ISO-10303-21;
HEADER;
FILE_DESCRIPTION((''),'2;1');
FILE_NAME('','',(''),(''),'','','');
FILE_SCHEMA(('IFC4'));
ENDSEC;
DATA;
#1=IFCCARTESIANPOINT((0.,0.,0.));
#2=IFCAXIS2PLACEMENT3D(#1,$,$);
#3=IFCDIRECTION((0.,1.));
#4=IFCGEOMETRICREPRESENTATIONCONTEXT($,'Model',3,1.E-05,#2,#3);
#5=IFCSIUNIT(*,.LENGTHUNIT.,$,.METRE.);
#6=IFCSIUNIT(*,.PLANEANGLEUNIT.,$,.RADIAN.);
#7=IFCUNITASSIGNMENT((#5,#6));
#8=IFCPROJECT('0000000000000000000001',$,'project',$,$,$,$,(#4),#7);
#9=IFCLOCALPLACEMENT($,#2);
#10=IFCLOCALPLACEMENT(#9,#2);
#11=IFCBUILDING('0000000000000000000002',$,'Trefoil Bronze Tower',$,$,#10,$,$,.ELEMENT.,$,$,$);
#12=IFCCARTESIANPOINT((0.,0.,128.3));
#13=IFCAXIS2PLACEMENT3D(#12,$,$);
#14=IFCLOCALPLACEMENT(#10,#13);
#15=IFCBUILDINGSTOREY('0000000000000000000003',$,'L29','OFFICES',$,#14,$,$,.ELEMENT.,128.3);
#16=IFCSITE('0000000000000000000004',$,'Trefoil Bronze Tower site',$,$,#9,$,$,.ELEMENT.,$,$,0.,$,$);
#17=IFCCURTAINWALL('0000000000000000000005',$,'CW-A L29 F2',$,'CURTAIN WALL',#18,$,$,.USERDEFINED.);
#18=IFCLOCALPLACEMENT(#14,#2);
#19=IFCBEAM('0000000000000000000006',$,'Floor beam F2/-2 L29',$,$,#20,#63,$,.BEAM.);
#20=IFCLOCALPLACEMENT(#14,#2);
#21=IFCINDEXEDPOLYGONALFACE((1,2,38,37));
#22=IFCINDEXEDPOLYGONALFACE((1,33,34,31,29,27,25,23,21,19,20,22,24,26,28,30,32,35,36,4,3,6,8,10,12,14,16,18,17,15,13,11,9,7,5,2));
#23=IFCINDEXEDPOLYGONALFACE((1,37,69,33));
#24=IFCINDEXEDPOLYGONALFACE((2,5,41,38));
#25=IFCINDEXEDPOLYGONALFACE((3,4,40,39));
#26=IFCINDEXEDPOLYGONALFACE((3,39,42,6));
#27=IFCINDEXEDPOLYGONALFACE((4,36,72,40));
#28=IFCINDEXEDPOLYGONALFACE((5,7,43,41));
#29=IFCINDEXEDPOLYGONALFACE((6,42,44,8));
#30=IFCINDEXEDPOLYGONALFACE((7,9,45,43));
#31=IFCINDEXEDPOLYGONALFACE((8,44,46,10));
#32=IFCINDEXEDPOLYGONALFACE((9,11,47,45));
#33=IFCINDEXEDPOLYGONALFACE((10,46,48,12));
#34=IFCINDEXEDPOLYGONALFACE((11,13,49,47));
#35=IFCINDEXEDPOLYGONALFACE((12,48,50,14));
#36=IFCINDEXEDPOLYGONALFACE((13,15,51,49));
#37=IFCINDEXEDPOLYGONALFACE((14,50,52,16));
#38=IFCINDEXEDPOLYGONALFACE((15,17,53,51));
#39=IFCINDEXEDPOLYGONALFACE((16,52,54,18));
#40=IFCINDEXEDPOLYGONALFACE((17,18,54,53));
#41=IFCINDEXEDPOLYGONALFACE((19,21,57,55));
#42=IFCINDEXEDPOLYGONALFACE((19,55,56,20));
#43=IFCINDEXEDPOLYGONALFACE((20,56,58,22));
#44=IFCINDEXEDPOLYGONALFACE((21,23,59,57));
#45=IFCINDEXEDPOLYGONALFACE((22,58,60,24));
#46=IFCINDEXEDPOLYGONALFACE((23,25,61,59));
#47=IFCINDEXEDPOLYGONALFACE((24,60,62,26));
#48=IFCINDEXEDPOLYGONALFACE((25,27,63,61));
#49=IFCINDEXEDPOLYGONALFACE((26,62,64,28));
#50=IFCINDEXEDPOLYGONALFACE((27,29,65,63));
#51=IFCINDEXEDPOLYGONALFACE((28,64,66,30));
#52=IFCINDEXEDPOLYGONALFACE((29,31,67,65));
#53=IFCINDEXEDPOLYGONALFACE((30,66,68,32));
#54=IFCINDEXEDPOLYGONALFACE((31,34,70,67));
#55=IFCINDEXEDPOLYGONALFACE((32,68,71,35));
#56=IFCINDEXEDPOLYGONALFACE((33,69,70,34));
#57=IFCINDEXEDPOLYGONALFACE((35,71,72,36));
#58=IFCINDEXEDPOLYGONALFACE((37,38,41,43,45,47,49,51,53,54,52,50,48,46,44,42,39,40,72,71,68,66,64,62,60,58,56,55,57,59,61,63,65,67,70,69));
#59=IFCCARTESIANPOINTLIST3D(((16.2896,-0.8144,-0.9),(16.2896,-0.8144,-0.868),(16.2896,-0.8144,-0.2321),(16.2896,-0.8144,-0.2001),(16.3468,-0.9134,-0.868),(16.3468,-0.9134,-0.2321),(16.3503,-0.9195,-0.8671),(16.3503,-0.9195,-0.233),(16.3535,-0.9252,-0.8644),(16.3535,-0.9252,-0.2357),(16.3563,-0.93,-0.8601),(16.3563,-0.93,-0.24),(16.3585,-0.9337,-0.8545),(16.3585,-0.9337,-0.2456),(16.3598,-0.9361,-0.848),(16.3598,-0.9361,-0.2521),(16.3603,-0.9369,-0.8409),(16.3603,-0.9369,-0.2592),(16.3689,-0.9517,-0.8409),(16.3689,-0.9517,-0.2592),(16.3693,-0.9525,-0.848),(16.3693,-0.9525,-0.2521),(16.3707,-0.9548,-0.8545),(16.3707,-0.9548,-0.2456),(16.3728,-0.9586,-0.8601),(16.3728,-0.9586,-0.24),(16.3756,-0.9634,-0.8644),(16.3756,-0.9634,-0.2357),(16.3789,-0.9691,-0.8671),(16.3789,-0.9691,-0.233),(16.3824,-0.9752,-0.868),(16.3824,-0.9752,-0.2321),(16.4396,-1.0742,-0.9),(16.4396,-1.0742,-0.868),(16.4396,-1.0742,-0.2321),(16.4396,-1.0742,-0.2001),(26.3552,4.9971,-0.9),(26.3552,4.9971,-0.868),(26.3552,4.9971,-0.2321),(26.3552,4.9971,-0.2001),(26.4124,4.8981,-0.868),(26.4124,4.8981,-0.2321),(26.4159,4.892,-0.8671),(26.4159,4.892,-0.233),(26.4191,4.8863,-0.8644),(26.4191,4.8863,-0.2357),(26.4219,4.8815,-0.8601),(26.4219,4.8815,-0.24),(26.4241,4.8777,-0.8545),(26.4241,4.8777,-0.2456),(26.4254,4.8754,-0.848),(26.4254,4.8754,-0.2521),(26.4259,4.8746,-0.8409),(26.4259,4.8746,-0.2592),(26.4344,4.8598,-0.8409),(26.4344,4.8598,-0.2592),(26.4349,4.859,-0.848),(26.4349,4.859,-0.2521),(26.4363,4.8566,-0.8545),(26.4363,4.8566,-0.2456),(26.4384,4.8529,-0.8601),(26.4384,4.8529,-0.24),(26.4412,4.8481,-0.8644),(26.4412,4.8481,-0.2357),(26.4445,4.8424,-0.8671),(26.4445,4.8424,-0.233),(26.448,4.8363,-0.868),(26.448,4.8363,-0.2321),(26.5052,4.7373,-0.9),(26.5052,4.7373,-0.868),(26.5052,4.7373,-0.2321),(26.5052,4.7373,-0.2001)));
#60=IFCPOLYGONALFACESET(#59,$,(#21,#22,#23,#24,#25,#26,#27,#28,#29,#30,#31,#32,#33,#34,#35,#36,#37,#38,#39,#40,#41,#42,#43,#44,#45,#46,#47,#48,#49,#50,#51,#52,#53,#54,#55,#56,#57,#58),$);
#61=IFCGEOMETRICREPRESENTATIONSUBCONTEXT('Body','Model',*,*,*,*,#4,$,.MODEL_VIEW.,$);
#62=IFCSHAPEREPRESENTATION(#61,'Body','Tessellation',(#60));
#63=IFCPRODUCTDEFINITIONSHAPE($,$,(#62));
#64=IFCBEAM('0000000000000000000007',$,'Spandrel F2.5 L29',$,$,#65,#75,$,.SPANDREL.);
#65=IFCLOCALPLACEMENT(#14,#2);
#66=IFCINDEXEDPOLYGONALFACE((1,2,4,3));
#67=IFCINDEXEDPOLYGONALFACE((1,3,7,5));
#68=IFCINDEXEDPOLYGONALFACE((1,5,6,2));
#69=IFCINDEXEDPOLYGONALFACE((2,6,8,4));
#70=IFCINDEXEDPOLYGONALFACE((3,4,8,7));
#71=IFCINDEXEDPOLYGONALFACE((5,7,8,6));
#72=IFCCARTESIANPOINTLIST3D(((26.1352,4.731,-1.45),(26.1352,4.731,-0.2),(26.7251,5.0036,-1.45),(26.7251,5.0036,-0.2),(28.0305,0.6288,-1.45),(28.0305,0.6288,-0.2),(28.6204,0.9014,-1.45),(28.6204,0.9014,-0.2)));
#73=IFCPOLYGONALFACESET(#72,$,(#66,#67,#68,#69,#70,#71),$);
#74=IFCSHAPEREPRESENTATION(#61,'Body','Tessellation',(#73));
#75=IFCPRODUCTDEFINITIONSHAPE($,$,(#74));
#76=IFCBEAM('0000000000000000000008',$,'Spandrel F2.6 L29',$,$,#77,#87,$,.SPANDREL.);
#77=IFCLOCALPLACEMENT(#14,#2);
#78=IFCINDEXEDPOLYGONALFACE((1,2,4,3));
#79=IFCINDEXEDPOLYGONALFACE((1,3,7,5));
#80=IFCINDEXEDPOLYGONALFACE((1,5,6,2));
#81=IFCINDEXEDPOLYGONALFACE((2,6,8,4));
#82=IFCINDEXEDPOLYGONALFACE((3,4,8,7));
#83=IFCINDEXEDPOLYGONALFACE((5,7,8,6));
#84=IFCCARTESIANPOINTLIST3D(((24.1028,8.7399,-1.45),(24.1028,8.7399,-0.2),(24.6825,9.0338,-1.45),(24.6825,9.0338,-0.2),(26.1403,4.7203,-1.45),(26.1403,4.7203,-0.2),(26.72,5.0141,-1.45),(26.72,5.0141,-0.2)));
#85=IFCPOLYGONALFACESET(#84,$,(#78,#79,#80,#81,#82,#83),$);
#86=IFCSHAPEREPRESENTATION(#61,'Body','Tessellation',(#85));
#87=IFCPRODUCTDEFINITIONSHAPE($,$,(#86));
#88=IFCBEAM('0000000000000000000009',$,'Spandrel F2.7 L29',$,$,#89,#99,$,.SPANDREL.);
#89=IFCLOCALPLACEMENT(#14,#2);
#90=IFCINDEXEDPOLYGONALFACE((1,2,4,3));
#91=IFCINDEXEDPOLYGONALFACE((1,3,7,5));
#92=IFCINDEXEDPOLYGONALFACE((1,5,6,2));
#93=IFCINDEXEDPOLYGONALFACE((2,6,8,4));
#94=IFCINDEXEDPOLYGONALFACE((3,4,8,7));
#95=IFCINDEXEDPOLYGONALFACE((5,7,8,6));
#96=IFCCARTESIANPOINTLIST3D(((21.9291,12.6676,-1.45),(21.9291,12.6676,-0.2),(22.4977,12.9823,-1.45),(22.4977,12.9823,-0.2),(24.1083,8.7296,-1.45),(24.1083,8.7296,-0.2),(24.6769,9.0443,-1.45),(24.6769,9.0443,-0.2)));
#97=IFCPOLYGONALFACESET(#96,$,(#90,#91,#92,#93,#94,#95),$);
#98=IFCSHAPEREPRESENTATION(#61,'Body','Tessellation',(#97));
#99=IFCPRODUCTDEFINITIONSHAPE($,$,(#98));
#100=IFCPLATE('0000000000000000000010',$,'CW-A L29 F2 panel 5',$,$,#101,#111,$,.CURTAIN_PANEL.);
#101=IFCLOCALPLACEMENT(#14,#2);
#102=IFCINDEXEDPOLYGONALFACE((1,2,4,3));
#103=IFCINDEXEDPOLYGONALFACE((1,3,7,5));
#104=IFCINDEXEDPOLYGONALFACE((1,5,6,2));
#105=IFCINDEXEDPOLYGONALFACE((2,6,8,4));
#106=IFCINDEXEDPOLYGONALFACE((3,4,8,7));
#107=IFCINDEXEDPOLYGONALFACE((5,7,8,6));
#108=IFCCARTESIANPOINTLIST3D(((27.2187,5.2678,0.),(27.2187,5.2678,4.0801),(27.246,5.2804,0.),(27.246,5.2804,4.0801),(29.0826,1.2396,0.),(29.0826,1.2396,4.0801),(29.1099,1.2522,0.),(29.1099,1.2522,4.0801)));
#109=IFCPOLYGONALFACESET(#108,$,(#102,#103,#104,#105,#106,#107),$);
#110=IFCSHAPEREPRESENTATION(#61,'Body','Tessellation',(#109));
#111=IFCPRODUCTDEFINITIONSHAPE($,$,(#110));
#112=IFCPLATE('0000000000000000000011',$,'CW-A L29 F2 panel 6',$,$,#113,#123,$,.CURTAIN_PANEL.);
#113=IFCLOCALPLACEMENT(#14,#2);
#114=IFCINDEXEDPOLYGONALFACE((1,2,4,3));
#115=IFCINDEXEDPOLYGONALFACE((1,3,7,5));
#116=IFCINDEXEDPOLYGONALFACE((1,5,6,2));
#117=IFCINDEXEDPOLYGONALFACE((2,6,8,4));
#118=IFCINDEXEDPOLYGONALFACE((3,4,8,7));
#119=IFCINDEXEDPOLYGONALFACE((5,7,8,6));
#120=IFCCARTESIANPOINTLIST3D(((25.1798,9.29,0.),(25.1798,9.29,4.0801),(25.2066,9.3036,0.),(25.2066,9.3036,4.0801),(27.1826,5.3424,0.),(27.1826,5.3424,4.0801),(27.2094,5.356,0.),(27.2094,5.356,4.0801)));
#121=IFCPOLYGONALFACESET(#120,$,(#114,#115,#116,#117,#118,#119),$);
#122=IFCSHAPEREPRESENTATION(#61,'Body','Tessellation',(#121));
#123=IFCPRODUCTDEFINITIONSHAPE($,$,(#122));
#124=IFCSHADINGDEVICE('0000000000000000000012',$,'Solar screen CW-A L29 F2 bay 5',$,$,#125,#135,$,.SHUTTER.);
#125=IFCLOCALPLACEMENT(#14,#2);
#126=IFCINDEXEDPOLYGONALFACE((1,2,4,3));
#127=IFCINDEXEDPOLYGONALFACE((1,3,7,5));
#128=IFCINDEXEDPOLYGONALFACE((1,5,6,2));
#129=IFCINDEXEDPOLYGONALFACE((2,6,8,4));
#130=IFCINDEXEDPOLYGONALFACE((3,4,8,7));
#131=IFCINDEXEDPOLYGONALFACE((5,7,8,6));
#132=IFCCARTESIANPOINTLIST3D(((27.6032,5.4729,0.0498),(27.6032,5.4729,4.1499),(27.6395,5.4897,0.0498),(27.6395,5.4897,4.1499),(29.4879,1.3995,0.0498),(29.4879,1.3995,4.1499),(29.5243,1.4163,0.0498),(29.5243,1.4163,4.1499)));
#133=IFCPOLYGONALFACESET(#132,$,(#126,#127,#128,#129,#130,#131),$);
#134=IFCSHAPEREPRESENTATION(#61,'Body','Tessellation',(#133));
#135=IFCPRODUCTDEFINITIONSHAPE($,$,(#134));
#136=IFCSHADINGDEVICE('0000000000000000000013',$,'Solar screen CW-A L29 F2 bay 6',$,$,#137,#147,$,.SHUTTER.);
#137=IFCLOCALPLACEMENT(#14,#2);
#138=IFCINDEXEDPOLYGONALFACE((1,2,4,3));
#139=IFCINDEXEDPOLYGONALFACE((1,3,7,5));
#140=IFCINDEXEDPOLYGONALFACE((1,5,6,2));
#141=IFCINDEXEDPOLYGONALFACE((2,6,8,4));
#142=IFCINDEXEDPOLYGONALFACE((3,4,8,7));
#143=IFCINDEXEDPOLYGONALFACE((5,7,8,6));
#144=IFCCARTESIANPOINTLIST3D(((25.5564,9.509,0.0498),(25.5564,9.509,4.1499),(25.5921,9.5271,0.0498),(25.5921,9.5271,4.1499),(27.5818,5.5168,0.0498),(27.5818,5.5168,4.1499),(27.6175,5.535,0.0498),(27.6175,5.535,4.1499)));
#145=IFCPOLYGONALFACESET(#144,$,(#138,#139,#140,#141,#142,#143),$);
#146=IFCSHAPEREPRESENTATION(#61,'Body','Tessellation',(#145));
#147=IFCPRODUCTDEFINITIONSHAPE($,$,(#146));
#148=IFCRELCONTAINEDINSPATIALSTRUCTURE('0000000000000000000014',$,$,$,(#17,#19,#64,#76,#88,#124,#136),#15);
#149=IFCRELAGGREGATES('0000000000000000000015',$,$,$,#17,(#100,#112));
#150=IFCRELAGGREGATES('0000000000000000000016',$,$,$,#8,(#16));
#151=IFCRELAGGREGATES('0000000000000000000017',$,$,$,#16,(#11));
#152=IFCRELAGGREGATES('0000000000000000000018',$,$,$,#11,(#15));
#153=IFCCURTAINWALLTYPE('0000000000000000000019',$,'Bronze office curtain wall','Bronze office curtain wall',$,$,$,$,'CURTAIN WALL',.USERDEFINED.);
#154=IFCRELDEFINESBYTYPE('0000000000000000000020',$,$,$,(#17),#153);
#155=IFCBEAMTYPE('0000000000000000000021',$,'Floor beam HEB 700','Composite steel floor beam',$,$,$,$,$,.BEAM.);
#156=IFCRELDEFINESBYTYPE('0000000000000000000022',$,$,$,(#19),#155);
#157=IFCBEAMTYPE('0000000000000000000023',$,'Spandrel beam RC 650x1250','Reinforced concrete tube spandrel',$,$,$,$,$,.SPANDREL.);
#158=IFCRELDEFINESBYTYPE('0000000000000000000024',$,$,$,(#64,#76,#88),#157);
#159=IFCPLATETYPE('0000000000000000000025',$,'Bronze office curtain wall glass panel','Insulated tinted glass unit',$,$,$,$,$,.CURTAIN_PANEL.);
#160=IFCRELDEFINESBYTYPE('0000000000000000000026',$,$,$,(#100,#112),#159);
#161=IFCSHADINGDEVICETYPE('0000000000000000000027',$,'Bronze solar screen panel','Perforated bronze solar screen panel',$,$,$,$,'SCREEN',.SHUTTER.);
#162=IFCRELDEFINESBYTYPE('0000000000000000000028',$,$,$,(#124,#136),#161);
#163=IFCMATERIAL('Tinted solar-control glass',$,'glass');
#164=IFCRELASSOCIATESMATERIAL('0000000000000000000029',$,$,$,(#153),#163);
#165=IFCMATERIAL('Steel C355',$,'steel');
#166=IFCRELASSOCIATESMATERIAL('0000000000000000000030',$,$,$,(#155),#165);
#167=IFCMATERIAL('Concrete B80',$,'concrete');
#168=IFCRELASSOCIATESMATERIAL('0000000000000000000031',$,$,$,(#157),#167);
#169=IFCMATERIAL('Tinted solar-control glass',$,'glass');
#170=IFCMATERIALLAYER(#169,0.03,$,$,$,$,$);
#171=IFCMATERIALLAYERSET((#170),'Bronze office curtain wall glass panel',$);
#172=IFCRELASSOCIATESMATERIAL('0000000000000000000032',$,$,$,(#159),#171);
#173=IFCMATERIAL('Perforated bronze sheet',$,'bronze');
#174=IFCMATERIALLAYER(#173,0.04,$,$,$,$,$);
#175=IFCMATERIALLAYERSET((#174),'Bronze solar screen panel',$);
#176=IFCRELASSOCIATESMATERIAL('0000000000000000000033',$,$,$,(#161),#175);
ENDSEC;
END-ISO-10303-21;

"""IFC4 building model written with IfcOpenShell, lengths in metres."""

from ifc_helpers import new_model, si_unit, direction, frame, origin, origin_2d, place, context, subcontext, project, spatial, rectangle, i_section, extrude, material, layer, layer_set, material_profile, profile_set, type_object, element, aggregate, save


model = new_model("IFC4")

# Units and contexts
model_context = context("Model", 3, precision=1e-05, world=origin(), true_north=direction((0.0, 1.0)))
body_context = subcontext(model_context, "Body", "Model", "MODEL_VIEW")
ifc_project = project(units=[si_unit("LENGTHUNIT", "METRE"), si_unit("PLANEANGLEUNIT", "RADIAN")], contexts=[model_context])

# Site, building, storey
site_placement = place(None, origin())
site = spatial("IfcSite", under=ifc_project, at=site_placement, Name="Trefoil Bronze Tower site", CompositionType="ELEMENT", RefElevation=0.0)
building_placement = place(site_placement, origin())
building = spatial("IfcBuilding", under=site, at=building_placement, Name="Trefoil Bronze Tower", CompositionType="ELEMENT")
storey_placement = place(building_placement, frame((0.0, 0.0, 128.3)))
storey = spatial("IfcBuildingStorey", under=building, at=storey_placement, Name="L29", Description="OFFICES", CompositionType="ELEMENT", Elevation=128.3)

# Curtain wall
ifc_material_1 = material(Name="Tinted solar-control glass", Category="glass")
curtain_wall_type = type_object("IfcCurtainWallType", Name="Bronze office curtain wall", Description="Bronze office curtain wall", ElementType="CURTAIN WALL", PredefinedType="USERDEFINED", material=ifc_material_1)
curtain_wall_placement = place(storey_placement, origin())
curtain_wall = element("IfcCurtainWall", 1, at=curtain_wall_placement, inside=storey, type_object=curtain_wall_type, Name="CW-A L29 F2", ObjectType="CURTAIN WALL", PredefinedType="USERDEFINED")

# Beams
ifc_material_2 = material(Name="Steel C355", Category="steel")
ifc_material_profile_1 = material_profile(ifc_material_2, i_section(OverallWidth=0.3, OverallDepth=0.7, WebThickness=0.0171, FlangeThickness=0.032, FilletRadius=0.0271, at=origin_2d()), Name="HEB 700")
ifc_profile_set_1 = profile_set([ifc_material_profile_1], Name="Steel C355")
beam_type_1 = type_object("IfcBeamType", Name="Floor beam HEB 700", Description="Composite steel floor beam", PredefinedType="BEAM", material=ifc_profile_set_1)
beam_1_placement = place(storey_placement, frame((26.4302, 4.8672, -0.55), z_axis=(-0.866022, -0.500007, 0.0), x_axis=(0.500007, -0.866022, 0.0)))
element("IfcBeam", 2, at=beam_1_placement, inside=storey, type_object=beam_type_1, Name="Floor beam F2/-2 L29", PredefinedType="BEAM", context=body_context, shape_type="SweptSolid", body=[
    extrude(i_section(OverallWidth=0.3, OverallDepth=0.7, WebThickness=0.0171, FlangeThickness=0.032, FilletRadius=0.0271, at=origin_2d()), origin(), (0.0, 0.0, 1.0), 11.6228),
])
ifc_material_3 = material(Name="Concrete B80", Category="concrete")
ifc_material_profile_2 = material_profile(ifc_material_3, rectangle(XDim=0.6499, YDim=1.25, at=origin_2d()), Name="RC 650x1250")
ifc_profile_set_2 = profile_set([ifc_material_profile_2], Name="Concrete B80")
beam_type_2 = type_object("IfcBeamType", Name="Spandrel beam RC 650x1250", Description="Reinforced concrete tube spandrel", PredefinedType="SPANDREL", material=ifc_profile_set_2)
beam_2_placement = place(storey_placement, frame((28.3254, 0.7651, -0.825), z_axis=(-0.419425, 0.90779, 0.0), x_axis=(-0.90779, -0.419425, 0.0)))
element("IfcBeam", 3, at=beam_2_placement, inside=storey, type_object=beam_type_2, Name="Spandrel F2.5 L29", PredefinedType="SPANDREL", context=body_context, shape_type="SweptSolid", body=[
    extrude(rectangle(XDim=0.6499, YDim=1.25, at=origin_2d()), origin(), (0.0, 0.0, 1.0), 4.5188),
])
beam_3_placement = place(storey_placement, frame((26.4302, 4.8672, -0.825), z_axis=(-0.452126, 0.891954, 0.0), x_axis=(-0.891954, -0.452126, 0.0)))
element("IfcBeam", 4, at=beam_3_placement, inside=storey, type_object=beam_type_2, Name="Spandrel F2.6 L29", PredefinedType="SPANDREL", context=body_context, shape_type="SweptSolid", body=[
    extrude(rectangle(XDim=0.6499, YDim=1.25, at=origin_2d()), origin(), (0.0, 0.0, 1.0), 4.5066),
])
beam_4_placement = place(storey_placement, frame((24.3926, 8.887, -0.825), z_axis=(-0.484187, 0.874965, 0.0), x_axis=(-0.874965, -0.484187, 0.0)))
element("IfcBeam", 5, at=beam_4_placement, inside=storey, type_object=beam_type_2, Name="Spandrel F2.7 L29", PredefinedType="SPANDREL", context=body_context, shape_type="SweptSolid", body=[
    extrude(rectangle(XDim=0.6499, YDim=1.25, at=origin_2d()), origin(), (0.0, 0.0, 1.0), 4.5007),
])

# Plates
ifc_material_4 = material(Name="Tinted solar-control glass", Category="glass")
ifc_layer_1 = layer(ifc_material_4, 0.03)
ifc_layer_set_1 = layer_set([ifc_layer_1], Name="Bronze office curtain wall glass panel")
plate_type = type_object("IfcPlateType", Name="Bronze office curtain wall glass panel", Description="Insulated tinted glass unit", PredefinedType="CURTAIN_PANEL", material=ifc_layer_set_1)
plate_1_placement = place(storey_placement, frame((28.1643, 3.26, 0.0), z_axis=(0.0, 0.0, 1.0), x_axis=(-0.419933, 0.907555, 0.0)))
plate_1 = element("IfcPlate", 6, at=plate_1_placement, type_object=plate_type, Name="CW-A L29 F2 panel 5", PredefinedType="CURTAIN_PANEL", context=body_context, shape_type="SweptSolid", body=[
    extrude(rectangle(XDim=4.4385, YDim=0.03, at=origin_2d()), origin(), (0.0, 0.0, 1.0), 4.0801),
])
plate_2_placement = place(storey_placement, frame((26.1946, 7.323, 0.0), z_axis=(0.0, 0.0, 1.0), x_axis=(-0.452449, 0.89179, 0.0)))
plate_2 = element("IfcPlate", 7, at=plate_2_placement, type_object=plate_type, Name="CW-A L29 F2 panel 6", PredefinedType="CURTAIN_PANEL", context=body_context, shape_type="SweptSolid", body=[
    extrude(rectangle(XDim=4.4265, YDim=0.03, at=origin_2d()), origin(), (0.0, 0.0, 1.0), 4.0801),
])
aggregate(curtain_wall, [plate_1, plate_2])

# Shading devices
ifc_material_5 = material(Name="Perforated bronze sheet", Category="bronze")
ifc_layer_2 = layer(ifc_material_5, 0.04)
ifc_layer_set_2 = layer_set([ifc_layer_2], Name="Bronze solar screen panel")
shading_device_type = type_object("IfcShadingDeviceType", Name="Bronze solar screen panel", Description="Perforated bronze solar screen panel", ElementType="SCREEN", PredefinedType="SHUTTER", material=ifc_layer_set_2)
shading_device_1_placement = place(storey_placement, frame((28.5637, 3.4446, 0.0498), z_axis=(0.0, 0.0, 1.0), x_axis=(-0.419933, 0.907555, 0.0)))
element("IfcShadingDevice", 8, at=shading_device_1_placement, inside=storey, type_object=shading_device_type, Name="Solar screen CW-A L29 F2 bay 5", PredefinedType="SHUTTER", context=body_context, shape_type="SweptSolid", body=[
    extrude(rectangle(XDim=4.4883, YDim=0.04, at=origin_2d()), origin(), (0.0, 0.0, 1.0), 4.1001),
])
shading_device_2_placement = place(storey_placement, frame((26.5869, 7.522, 0.0498), z_axis=(0.0, 0.0, 1.0), x_axis=(-0.452449, 0.89179, 0.0)))
element("IfcShadingDevice", 9, at=shading_device_2_placement, inside=storey, type_object=shading_device_type, Name="Solar screen CW-A L29 F2 bay 6", PredefinedType="SHUTTER", context=body_context, shape_type="SweptSolid", body=[
    extrude(rectangle(XDim=4.4766, YDim=0.04, at=origin_2d()), origin(), (0.0, 0.0, 1.0), 4.1001),
])

save(model, "model.ifc")
